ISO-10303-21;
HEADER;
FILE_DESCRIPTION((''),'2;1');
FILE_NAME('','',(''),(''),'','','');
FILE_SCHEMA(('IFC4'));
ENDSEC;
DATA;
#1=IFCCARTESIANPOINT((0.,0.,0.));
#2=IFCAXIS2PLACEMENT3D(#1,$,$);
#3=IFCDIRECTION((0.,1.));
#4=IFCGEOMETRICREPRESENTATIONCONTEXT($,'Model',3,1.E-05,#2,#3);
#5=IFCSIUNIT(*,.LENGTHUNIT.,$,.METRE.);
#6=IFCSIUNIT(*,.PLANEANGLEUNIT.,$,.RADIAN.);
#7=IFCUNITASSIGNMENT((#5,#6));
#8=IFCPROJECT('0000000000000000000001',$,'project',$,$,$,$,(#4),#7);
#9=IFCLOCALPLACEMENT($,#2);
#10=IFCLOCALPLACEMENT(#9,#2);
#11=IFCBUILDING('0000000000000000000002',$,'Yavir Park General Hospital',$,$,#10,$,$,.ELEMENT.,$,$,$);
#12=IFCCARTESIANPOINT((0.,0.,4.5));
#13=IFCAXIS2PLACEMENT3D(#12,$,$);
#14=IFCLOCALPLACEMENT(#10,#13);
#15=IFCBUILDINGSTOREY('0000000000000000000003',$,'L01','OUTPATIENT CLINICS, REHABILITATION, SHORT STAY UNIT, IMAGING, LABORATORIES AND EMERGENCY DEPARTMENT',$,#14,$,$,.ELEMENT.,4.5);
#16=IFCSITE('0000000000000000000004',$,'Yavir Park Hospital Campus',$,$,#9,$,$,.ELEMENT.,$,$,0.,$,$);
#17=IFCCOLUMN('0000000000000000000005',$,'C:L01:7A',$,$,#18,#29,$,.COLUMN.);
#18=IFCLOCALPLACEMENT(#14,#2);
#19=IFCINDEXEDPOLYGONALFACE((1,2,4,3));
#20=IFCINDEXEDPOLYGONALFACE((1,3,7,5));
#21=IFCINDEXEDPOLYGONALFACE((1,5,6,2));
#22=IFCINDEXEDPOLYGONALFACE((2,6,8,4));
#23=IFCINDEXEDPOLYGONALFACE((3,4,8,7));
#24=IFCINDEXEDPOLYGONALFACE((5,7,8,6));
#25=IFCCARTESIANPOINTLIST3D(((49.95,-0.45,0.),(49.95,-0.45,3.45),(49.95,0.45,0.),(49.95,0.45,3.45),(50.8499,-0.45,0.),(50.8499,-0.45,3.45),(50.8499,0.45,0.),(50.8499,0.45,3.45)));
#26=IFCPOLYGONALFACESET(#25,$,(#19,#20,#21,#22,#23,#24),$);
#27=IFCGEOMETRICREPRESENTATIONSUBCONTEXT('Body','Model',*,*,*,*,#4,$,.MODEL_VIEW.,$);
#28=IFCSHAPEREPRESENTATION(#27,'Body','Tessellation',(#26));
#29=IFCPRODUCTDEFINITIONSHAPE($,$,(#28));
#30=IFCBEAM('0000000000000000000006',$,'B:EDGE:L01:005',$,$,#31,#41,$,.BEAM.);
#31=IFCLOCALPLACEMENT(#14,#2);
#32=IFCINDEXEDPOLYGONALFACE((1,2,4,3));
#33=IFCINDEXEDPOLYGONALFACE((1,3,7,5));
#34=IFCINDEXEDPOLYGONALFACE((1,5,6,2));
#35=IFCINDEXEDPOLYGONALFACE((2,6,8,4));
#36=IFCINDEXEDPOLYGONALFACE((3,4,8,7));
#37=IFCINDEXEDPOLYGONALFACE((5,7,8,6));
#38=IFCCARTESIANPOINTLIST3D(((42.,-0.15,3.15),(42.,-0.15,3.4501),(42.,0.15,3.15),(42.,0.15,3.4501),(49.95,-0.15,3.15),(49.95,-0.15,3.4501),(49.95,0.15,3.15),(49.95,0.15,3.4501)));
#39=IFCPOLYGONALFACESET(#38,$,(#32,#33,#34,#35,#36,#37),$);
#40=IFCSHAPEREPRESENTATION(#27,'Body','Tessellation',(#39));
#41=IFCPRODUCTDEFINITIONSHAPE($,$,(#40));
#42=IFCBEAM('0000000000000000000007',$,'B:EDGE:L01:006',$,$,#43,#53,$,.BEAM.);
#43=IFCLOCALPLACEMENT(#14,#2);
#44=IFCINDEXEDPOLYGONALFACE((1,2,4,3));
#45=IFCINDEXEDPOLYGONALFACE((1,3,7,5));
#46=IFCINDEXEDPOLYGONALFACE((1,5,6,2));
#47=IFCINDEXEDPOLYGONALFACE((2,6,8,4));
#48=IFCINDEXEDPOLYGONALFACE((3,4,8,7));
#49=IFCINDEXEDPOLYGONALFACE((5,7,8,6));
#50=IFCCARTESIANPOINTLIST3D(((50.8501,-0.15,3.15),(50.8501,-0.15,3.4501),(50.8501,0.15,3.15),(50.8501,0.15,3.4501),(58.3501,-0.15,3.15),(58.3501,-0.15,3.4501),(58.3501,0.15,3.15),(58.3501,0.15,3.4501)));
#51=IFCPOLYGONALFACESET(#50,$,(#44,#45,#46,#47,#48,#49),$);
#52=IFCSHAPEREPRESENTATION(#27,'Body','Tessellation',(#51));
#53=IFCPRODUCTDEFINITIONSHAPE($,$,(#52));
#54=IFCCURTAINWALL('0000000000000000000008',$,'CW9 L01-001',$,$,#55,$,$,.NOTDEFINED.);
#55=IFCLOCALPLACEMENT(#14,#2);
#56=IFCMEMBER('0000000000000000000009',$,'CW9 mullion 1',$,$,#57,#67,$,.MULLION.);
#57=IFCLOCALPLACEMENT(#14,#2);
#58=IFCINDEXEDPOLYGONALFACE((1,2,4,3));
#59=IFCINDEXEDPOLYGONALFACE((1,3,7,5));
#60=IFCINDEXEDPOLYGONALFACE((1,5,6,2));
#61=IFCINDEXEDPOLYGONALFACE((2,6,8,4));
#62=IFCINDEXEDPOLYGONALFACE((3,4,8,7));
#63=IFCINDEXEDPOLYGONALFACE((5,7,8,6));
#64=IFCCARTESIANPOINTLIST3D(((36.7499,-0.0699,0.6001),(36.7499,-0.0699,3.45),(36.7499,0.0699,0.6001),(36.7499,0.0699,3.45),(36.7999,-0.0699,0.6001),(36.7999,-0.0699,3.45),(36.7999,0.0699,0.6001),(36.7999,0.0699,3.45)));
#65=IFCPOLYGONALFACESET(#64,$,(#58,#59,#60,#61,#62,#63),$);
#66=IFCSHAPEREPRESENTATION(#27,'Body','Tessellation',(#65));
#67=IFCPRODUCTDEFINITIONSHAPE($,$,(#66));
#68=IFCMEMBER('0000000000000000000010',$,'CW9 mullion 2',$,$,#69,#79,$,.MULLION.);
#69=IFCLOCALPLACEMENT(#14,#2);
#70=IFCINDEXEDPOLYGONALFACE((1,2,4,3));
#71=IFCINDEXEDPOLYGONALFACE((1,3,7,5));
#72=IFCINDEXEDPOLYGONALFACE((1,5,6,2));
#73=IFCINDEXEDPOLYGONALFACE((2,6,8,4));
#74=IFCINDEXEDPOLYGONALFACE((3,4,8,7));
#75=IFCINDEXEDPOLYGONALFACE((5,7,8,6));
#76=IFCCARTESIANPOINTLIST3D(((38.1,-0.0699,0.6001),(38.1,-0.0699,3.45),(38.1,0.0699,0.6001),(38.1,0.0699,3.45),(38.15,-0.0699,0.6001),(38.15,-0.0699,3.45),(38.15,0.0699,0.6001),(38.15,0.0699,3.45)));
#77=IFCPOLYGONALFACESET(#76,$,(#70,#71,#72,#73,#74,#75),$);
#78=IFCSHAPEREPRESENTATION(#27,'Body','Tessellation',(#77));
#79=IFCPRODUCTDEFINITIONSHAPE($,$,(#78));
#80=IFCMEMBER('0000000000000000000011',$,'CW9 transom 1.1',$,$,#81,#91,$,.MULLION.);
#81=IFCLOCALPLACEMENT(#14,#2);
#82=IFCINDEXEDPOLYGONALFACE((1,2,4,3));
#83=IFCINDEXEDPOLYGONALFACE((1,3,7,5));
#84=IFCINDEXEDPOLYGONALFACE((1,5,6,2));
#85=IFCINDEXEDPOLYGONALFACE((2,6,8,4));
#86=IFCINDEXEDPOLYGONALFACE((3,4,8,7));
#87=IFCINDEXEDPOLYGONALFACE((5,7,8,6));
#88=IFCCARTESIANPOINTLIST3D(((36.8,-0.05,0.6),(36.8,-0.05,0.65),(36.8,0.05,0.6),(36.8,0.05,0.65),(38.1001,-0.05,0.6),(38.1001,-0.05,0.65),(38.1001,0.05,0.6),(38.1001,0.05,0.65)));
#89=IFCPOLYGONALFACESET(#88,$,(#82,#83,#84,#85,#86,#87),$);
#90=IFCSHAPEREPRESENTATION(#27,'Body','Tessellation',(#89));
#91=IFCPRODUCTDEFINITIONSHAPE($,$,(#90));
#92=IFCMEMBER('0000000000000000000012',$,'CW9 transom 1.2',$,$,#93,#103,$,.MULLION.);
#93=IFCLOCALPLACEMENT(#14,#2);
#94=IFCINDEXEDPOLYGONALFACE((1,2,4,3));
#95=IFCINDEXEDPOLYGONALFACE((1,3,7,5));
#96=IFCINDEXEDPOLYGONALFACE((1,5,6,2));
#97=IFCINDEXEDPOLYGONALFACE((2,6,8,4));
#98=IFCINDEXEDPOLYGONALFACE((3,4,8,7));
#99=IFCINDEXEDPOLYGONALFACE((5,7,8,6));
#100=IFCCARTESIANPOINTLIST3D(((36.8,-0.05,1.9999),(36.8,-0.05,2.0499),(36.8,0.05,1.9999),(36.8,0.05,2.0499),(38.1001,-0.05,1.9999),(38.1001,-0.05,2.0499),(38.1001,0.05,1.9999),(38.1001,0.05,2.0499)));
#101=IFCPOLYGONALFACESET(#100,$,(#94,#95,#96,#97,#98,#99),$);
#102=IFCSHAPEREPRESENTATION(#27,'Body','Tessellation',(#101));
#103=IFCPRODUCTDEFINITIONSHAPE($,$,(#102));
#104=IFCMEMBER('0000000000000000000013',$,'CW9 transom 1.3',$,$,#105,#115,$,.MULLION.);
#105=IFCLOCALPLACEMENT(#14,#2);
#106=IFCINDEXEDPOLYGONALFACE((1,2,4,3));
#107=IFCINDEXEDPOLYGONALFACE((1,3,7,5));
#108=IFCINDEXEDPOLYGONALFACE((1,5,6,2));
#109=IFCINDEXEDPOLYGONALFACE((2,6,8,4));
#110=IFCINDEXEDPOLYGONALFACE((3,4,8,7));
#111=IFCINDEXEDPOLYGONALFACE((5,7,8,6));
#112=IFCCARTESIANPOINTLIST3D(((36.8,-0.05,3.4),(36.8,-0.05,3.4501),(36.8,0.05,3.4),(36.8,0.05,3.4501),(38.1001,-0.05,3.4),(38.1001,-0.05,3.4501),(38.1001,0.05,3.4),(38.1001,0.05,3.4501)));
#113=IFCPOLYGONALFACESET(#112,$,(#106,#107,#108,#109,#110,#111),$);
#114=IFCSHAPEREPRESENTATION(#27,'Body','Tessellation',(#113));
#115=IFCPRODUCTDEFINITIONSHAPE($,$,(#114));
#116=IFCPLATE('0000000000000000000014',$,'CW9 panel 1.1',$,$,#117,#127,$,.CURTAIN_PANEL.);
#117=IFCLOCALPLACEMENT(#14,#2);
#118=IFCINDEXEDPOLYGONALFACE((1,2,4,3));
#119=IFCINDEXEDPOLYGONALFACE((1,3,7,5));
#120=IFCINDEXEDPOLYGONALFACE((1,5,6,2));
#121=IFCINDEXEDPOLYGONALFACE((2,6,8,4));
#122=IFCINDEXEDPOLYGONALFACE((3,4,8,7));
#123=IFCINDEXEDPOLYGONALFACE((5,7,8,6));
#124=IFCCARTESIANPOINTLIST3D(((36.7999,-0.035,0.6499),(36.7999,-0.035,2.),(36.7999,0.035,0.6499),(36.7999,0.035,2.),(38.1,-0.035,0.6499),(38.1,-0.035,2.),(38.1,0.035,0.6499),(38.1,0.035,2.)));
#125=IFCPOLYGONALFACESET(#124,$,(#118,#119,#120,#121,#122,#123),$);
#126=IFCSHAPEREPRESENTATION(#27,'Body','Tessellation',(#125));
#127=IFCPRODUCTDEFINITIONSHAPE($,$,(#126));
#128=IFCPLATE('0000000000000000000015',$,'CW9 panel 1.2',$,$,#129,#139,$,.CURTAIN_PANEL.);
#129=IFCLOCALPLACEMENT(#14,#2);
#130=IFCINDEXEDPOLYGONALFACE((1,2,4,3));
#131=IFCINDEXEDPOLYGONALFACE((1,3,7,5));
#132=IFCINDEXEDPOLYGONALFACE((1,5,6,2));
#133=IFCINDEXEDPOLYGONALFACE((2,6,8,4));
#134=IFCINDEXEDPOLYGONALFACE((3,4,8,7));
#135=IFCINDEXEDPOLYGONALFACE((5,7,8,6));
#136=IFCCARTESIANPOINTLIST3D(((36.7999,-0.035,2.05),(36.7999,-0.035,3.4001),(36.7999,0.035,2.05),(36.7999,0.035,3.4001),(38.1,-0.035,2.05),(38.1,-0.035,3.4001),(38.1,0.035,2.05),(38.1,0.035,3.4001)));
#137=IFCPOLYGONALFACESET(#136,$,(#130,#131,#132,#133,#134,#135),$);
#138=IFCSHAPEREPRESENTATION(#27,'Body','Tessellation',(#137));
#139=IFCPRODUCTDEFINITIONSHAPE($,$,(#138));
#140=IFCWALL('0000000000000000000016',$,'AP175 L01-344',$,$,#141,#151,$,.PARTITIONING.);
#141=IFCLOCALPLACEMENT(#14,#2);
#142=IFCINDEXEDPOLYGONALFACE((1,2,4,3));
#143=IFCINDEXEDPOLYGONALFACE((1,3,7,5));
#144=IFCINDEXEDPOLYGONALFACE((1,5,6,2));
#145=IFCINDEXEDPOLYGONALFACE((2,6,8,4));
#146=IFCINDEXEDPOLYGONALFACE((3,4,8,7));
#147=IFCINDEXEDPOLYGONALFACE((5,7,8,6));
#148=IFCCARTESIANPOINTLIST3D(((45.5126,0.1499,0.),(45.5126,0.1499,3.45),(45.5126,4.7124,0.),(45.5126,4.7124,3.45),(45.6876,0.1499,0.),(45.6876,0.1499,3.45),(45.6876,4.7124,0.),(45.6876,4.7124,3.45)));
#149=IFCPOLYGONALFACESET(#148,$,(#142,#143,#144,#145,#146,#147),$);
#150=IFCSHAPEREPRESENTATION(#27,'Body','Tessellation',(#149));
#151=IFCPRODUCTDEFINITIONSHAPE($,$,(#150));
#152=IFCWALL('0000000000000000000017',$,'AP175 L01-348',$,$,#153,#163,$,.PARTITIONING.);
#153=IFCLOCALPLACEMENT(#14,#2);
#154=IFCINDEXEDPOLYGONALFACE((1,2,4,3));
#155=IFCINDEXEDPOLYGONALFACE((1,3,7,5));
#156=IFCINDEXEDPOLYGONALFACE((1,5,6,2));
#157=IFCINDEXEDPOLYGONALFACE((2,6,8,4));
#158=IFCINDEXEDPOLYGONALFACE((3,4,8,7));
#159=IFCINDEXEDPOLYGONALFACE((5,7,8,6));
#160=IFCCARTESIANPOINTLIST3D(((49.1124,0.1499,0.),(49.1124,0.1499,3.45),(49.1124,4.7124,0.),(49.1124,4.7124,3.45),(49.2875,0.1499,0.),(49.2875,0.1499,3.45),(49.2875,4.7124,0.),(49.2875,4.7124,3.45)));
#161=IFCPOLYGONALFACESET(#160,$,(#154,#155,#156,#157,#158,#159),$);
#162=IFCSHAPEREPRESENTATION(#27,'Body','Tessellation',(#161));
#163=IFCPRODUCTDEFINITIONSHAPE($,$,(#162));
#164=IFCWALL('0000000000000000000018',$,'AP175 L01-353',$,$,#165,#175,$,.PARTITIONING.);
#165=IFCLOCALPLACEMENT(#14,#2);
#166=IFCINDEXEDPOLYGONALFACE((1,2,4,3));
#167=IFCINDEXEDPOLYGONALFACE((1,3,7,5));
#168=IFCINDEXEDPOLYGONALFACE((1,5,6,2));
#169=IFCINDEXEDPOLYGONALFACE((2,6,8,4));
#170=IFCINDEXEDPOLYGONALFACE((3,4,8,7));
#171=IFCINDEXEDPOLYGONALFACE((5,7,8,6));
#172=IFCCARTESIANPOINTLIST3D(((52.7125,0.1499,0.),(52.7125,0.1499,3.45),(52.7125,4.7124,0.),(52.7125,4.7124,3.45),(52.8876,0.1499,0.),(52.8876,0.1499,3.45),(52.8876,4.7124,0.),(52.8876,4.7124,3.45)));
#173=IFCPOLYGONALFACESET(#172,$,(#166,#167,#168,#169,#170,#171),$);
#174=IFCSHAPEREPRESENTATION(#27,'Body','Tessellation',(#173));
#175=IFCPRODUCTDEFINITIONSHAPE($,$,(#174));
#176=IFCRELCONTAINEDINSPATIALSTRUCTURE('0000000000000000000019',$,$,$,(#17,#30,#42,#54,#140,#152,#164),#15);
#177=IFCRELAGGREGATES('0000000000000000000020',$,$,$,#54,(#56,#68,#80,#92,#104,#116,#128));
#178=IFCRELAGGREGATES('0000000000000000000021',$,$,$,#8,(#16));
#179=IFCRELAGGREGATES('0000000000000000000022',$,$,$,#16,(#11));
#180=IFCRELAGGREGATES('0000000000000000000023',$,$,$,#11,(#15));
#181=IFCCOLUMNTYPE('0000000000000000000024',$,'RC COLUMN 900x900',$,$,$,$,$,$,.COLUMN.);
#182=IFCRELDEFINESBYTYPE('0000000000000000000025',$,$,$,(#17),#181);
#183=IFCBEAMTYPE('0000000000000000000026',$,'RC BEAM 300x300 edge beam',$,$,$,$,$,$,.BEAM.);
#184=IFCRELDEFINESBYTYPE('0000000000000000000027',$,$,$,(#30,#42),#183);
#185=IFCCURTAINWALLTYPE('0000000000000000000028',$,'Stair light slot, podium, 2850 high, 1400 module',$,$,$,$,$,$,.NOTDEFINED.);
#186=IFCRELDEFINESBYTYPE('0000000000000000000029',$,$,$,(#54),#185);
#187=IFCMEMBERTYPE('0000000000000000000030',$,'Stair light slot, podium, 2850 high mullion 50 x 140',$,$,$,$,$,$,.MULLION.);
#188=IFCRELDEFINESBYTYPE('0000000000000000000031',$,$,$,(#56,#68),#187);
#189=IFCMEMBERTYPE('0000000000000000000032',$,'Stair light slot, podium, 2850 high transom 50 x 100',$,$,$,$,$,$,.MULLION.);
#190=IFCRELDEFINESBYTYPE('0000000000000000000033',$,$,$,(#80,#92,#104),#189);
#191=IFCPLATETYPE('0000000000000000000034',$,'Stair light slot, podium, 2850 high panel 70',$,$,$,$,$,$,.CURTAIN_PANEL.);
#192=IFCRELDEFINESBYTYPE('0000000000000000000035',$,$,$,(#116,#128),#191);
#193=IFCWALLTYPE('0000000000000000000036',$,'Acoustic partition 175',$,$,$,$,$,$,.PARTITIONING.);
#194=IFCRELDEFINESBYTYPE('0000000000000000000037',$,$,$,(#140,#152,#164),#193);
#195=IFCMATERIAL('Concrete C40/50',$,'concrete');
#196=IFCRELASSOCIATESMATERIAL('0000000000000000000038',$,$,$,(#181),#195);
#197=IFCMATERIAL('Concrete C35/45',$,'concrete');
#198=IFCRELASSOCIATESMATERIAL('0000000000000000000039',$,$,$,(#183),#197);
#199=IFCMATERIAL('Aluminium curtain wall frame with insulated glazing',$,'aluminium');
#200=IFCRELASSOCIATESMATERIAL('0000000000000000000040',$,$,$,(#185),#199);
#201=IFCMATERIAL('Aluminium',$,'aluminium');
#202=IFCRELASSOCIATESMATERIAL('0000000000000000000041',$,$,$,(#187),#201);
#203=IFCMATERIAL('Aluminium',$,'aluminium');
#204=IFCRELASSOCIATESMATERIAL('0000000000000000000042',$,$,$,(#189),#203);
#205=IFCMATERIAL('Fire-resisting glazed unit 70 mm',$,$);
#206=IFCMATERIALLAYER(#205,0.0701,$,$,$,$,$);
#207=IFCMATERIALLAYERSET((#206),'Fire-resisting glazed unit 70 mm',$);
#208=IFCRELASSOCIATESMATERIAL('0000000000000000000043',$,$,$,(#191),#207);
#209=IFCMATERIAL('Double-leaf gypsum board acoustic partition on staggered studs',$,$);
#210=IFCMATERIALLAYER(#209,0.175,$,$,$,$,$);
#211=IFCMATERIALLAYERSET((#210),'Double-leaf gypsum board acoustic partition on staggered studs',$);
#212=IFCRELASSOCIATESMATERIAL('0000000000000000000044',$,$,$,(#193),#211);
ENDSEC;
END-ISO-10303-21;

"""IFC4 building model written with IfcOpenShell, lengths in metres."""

from ifc_helpers import new_model, si_unit, direction, frame, frame_2d, origin, origin_2d, place, context, subcontext, project, spatial, rectangle, extrude, material, layer, layer_set, material_profile, profile_set, type_object, element, aggregate, save


model = new_model("IFC4")

# Units and contexts
model_context = context("Model", 3, precision=1e-05, world=origin(), true_north=direction((0.0, 1.0)))
body_context = subcontext(model_context, "Body", "Model", "MODEL_VIEW")
ifc_project = project(units=[si_unit("LENGTHUNIT", "METRE"), si_unit("PLANEANGLEUNIT", "RADIAN")], contexts=[model_context])

# Site, building, storey
site_placement = place(None, origin())
site = spatial("IfcSite", under=ifc_project, at=site_placement, Name="Yavir Park Hospital Campus", CompositionType="ELEMENT", RefElevation=0.0)
building_placement = place(site_placement, origin())
building = spatial("IfcBuilding", under=site, at=building_placement, Name="Yavir Park General Hospital", CompositionType="ELEMENT")
storey_placement = place(building_placement, frame((0.0, 0.0, 4.5)))
storey = spatial("IfcBuildingStorey", under=building, at=storey_placement, Name="L01", Description="OUTPATIENT CLINICS, REHABILITATION, SHORT STAY UNIT, IMAGING, LABORATORIES AND EMERGENCY DEPARTMENT", CompositionType="ELEMENT", Elevation=4.5)

# Column
ifc_material_1 = material(Name="Concrete C40/50", Category="concrete")
ifc_material_profile_1 = material_profile(ifc_material_1, rectangle(XDim=0.8999, YDim=0.8999, at=origin_2d()), Name="RC900x900")
ifc_profile_set_1 = profile_set([ifc_material_profile_1], Name="Concrete C40/50")
column_type = type_object("IfcColumnType", Name="RC COLUMN 900x900", PredefinedType="COLUMN", material=ifc_profile_set_1)
column_placement = place(storey_placement, frame((50.3999, 0.0, 0.0), z_axis=(0.0, 0.0, 1.0), x_axis=(1.0, 0.0, 0.0)))
element("IfcColumn", 1, at=column_placement, inside=storey, type_object=column_type, Name="C:L01:7A", PredefinedType="COLUMN", context=body_context, shape_type="SweptSolid", body=[
    extrude(rectangle(XDim=0.8999, YDim=0.8999, at=origin_2d()), origin(), (0.0, 0.0, 1.0), 3.45),
])

# Beams
ifc_material_2 = material(Name="Concrete C35/45", Category="concrete")
ifc_material_profile_2 = material_profile(ifc_material_2, rectangle(XDim=0.3, YDim=0.3, at=origin_2d()), Name="RC300x300")
ifc_profile_set_2 = profile_set([ifc_material_profile_2], Name="Concrete C35/45")
beam_type = type_object("IfcBeamType", Name="RC BEAM 300x300 edge beam", PredefinedType="BEAM", material=ifc_profile_set_2)
beam_1_placement = place(storey_placement, frame((42.0, 0.0, 3.3), z_axis=(1.0, 0.0, 0.0), x_axis=(0.0, 1.0, 0.0)))
element("IfcBeam", 2, at=beam_1_placement, inside=storey, type_object=beam_type, Name="B:EDGE:L01:005", PredefinedType="BEAM", context=body_context, shape_type="SweptSolid", body=[
    extrude(rectangle(XDim=0.3, YDim=0.3, at=origin_2d()), origin(), (0.0, 0.0, 1.0), 7.95),
])
beam_2_placement = place(storey_placement, frame((50.8501, 0.0, 3.3), z_axis=(1.0, 0.0, 0.0), x_axis=(0.0, 1.0, 0.0)))
element("IfcBeam", 3, at=beam_2_placement, inside=storey, type_object=beam_type, Name="B:EDGE:L01:006", PredefinedType="BEAM", context=body_context, shape_type="SweptSolid", body=[
    extrude(rectangle(XDim=0.3, YDim=0.3, at=origin_2d()), origin(), (0.0, 0.0, 1.0), 7.5),
])

# Curtain wall, members, plates
ifc_material_3 = material(Name="Aluminium curtain wall frame with insulated glazing", Category="aluminium")
curtain_wall_type = type_object("IfcCurtainWallType", Name="Stair light slot, podium, 2850 high, 1400 module", PredefinedType="NOTDEFINED", material=ifc_material_3)
curtain_wall_placement = place(storey_placement, origin())
curtain_wall = element("IfcCurtainWall", 4, at=curtain_wall_placement, inside=storey, type_object=curtain_wall_type, Name="CW9 L01-001", PredefinedType="NOTDEFINED")
ifc_material_4 = material(Name="Aluminium", Category="aluminium")
ifc_material_profile_3 = material_profile(ifc_material_4, rectangle(XDim=0.1399, YDim=0.05, at=origin_2d()), Name="AL 50x140")
ifc_profile_set_3 = profile_set([ifc_material_profile_3], Name="Aluminium")
member_type_1 = type_object("IfcMemberType", Name="Stair light slot, podium, 2850 high mullion 50 x 140", PredefinedType="MULLION", material=ifc_profile_set_3)
member_1_placement = place(storey_placement, frame((36.7749, 0.0, 0.6001), z_axis=(0.0, 0.0, 1.0), x_axis=(0.0, 1.0, 0.0)))
member_1 = element("IfcMember", 5, at=member_1_placement, type_object=member_type_1, Name="CW9 mullion 1", PredefinedType="MULLION", context=body_context, shape_type="SweptSolid", body=[
    extrude(rectangle(XDim=0.1399, YDim=0.05, at=origin_2d()), origin(), (0.0, 0.0, 1.0), 2.8499),
])
member_2_placement = place(storey_placement, frame((38.125, 0.0, 0.6001), z_axis=(0.0, 0.0, 1.0), x_axis=(0.0, 1.0, 0.0)))
member_2 = element("IfcMember", 6, at=member_2_placement, type_object=member_type_1, Name="CW9 mullion 2", PredefinedType="MULLION", context=body_context, shape_type="SweptSolid", body=[
    extrude(rectangle(XDim=0.1399, YDim=0.05, at=origin_2d()), origin(), (0.0, 0.0, 1.0), 2.8499),
])
ifc_material_5 = material(Name="Aluminium", Category="aluminium")
ifc_material_profile_4 = material_profile(ifc_material_5, rectangle(XDim=0.1001, YDim=0.05, at=origin_2d()), Name="AL 100x50")
ifc_profile_set_4 = profile_set([ifc_material_profile_4], Name="Aluminium")
member_type_2 = type_object("IfcMemberType", Name="Stair light slot, podium, 2850 high transom 50 x 100", PredefinedType="MULLION", material=ifc_profile_set_4)
member_3_placement = place(storey_placement, frame((36.8, 0.0, 0.625), z_axis=(1.0, 0.0, 0.0), x_axis=(0.0, 1.0, 0.0)))
member_3 = element("IfcMember", 7, at=member_3_placement, type_object=member_type_2, Name="CW9 transom 1.1", PredefinedType="MULLION", context=body_context, shape_type="SweptSolid", body=[
    extrude(rectangle(XDim=0.1001, YDim=0.05, at=origin_2d()), origin(), (0.0, 0.0, 1.0), 1.3),
])
member_4_placement = place(storey_placement, frame((36.8, 0.0, 2.0249), z_axis=(1.0, 0.0, 0.0), x_axis=(0.0, 1.0, 0.0)))
member_4 = element("IfcMember", 8, at=member_4_placement, type_object=member_type_2, Name="CW9 transom 1.2", PredefinedType="MULLION", context=body_context, shape_type="SweptSolid", body=[
    extrude(rectangle(XDim=0.1001, YDim=0.05, at=origin_2d()), origin(), (0.0, 0.0, 1.0), 1.3),
])
member_5_placement = place(storey_placement, frame((36.8, 0.0, 3.425), z_axis=(1.0, 0.0, 0.0), x_axis=(0.0, 1.0, 0.0)))
member_5 = element("IfcMember", 9, at=member_5_placement, type_object=member_type_2, Name="CW9 transom 1.3", PredefinedType="MULLION", context=body_context, shape_type="SweptSolid", body=[
    extrude(rectangle(XDim=0.1001, YDim=0.05, at=origin_2d()), origin(), (0.0, 0.0, 1.0), 1.3),
])
ifc_material_6 = material(Name="Fire-resisting glazed unit 70 mm")
ifc_layer_1 = layer(ifc_material_6, 0.0701)
ifc_layer_set_1 = layer_set([ifc_layer_1], Name="Fire-resisting glazed unit 70 mm")
plate_type = type_object("IfcPlateType", Name="Stair light slot, podium, 2850 high panel 70", PredefinedType="CURTAIN_PANEL", material=ifc_layer_set_1)
plate_1_placement = place(storey_placement, frame((37.45, 0.0, 0.6499), z_axis=(0.0, 0.0, 1.0), x_axis=(1.0, 0.0, 0.0)))
plate_1 = element("IfcPlate", 10, at=plate_1_placement, type_object=plate_type, Name="CW9 panel 1.1", PredefinedType="CURTAIN_PANEL", context=body_context, shape_type="SweptSolid", body=[
    extrude(rectangle(XDim=1.3, YDim=0.0701, at=origin_2d()), origin(), (0.0, 0.0, 1.0), 1.3501),
])
plate_2_placement = place(storey_placement, frame((37.45, 0.0, 2.05), z_axis=(0.0, 0.0, 1.0), x_axis=(1.0, 0.0, 0.0)))
plate_2 = element("IfcPlate", 11, at=plate_2_placement, type_object=plate_type, Name="CW9 panel 1.2", PredefinedType="CURTAIN_PANEL", context=body_context, shape_type="SweptSolid", body=[
    extrude(rectangle(XDim=1.3, YDim=0.0701, at=origin_2d()), origin(), (0.0, 0.0, 1.0), 1.3501),
])
aggregate(curtain_wall, [member_1, member_2, member_3, member_4, member_5, plate_1, plate_2])

# Walls
ifc_material_7 = material(Name="Double-leaf gypsum board acoustic partition on staggered studs")
ifc_layer_2 = layer(ifc_material_7, 0.175)
ifc_layer_set_2 = layer_set([ifc_layer_2], Name="Double-leaf gypsum board acoustic partition on staggered studs")
wall_type_1 = type_object("IfcWallType", Name="Acoustic partition 175", PredefinedType="PARTITIONING", material=ifc_layer_set_2)
for number, where, z_axis, x_axis, name in (
    (12, (45.6001, 0.1499, 0.0), (0.0, 0.0, 1.0), (0.0, 1.0, 0.0), "AP175 L01-344"),
    (13, (49.2, 0.1499, 0.0), (0.0, 0.0, 1.0), (0.0, 1.0, 0.0), "AP175 L01-348"),
    (14, (52.8, 0.1499, 0.0), (0.0, 0.0, 1.0), (0.0, 1.0, 0.0), "AP175 L01-353"),
):
    element("IfcWall", number, at=place(storey_placement, frame(where, z_axis=z_axis, x_axis=x_axis)), inside=storey, type_object=wall_type_1, Name=name, PredefinedType="PARTITIONING", context=body_context, shape_type="SweptSolid", body=[
        extrude(rectangle(XDim=4.5625, YDim=0.175, at=frame_2d((2.2812, 0.0))), origin(), (0.0, 0.0, 1.0), 3.45),
    ])

save(model, "model.ifc")
